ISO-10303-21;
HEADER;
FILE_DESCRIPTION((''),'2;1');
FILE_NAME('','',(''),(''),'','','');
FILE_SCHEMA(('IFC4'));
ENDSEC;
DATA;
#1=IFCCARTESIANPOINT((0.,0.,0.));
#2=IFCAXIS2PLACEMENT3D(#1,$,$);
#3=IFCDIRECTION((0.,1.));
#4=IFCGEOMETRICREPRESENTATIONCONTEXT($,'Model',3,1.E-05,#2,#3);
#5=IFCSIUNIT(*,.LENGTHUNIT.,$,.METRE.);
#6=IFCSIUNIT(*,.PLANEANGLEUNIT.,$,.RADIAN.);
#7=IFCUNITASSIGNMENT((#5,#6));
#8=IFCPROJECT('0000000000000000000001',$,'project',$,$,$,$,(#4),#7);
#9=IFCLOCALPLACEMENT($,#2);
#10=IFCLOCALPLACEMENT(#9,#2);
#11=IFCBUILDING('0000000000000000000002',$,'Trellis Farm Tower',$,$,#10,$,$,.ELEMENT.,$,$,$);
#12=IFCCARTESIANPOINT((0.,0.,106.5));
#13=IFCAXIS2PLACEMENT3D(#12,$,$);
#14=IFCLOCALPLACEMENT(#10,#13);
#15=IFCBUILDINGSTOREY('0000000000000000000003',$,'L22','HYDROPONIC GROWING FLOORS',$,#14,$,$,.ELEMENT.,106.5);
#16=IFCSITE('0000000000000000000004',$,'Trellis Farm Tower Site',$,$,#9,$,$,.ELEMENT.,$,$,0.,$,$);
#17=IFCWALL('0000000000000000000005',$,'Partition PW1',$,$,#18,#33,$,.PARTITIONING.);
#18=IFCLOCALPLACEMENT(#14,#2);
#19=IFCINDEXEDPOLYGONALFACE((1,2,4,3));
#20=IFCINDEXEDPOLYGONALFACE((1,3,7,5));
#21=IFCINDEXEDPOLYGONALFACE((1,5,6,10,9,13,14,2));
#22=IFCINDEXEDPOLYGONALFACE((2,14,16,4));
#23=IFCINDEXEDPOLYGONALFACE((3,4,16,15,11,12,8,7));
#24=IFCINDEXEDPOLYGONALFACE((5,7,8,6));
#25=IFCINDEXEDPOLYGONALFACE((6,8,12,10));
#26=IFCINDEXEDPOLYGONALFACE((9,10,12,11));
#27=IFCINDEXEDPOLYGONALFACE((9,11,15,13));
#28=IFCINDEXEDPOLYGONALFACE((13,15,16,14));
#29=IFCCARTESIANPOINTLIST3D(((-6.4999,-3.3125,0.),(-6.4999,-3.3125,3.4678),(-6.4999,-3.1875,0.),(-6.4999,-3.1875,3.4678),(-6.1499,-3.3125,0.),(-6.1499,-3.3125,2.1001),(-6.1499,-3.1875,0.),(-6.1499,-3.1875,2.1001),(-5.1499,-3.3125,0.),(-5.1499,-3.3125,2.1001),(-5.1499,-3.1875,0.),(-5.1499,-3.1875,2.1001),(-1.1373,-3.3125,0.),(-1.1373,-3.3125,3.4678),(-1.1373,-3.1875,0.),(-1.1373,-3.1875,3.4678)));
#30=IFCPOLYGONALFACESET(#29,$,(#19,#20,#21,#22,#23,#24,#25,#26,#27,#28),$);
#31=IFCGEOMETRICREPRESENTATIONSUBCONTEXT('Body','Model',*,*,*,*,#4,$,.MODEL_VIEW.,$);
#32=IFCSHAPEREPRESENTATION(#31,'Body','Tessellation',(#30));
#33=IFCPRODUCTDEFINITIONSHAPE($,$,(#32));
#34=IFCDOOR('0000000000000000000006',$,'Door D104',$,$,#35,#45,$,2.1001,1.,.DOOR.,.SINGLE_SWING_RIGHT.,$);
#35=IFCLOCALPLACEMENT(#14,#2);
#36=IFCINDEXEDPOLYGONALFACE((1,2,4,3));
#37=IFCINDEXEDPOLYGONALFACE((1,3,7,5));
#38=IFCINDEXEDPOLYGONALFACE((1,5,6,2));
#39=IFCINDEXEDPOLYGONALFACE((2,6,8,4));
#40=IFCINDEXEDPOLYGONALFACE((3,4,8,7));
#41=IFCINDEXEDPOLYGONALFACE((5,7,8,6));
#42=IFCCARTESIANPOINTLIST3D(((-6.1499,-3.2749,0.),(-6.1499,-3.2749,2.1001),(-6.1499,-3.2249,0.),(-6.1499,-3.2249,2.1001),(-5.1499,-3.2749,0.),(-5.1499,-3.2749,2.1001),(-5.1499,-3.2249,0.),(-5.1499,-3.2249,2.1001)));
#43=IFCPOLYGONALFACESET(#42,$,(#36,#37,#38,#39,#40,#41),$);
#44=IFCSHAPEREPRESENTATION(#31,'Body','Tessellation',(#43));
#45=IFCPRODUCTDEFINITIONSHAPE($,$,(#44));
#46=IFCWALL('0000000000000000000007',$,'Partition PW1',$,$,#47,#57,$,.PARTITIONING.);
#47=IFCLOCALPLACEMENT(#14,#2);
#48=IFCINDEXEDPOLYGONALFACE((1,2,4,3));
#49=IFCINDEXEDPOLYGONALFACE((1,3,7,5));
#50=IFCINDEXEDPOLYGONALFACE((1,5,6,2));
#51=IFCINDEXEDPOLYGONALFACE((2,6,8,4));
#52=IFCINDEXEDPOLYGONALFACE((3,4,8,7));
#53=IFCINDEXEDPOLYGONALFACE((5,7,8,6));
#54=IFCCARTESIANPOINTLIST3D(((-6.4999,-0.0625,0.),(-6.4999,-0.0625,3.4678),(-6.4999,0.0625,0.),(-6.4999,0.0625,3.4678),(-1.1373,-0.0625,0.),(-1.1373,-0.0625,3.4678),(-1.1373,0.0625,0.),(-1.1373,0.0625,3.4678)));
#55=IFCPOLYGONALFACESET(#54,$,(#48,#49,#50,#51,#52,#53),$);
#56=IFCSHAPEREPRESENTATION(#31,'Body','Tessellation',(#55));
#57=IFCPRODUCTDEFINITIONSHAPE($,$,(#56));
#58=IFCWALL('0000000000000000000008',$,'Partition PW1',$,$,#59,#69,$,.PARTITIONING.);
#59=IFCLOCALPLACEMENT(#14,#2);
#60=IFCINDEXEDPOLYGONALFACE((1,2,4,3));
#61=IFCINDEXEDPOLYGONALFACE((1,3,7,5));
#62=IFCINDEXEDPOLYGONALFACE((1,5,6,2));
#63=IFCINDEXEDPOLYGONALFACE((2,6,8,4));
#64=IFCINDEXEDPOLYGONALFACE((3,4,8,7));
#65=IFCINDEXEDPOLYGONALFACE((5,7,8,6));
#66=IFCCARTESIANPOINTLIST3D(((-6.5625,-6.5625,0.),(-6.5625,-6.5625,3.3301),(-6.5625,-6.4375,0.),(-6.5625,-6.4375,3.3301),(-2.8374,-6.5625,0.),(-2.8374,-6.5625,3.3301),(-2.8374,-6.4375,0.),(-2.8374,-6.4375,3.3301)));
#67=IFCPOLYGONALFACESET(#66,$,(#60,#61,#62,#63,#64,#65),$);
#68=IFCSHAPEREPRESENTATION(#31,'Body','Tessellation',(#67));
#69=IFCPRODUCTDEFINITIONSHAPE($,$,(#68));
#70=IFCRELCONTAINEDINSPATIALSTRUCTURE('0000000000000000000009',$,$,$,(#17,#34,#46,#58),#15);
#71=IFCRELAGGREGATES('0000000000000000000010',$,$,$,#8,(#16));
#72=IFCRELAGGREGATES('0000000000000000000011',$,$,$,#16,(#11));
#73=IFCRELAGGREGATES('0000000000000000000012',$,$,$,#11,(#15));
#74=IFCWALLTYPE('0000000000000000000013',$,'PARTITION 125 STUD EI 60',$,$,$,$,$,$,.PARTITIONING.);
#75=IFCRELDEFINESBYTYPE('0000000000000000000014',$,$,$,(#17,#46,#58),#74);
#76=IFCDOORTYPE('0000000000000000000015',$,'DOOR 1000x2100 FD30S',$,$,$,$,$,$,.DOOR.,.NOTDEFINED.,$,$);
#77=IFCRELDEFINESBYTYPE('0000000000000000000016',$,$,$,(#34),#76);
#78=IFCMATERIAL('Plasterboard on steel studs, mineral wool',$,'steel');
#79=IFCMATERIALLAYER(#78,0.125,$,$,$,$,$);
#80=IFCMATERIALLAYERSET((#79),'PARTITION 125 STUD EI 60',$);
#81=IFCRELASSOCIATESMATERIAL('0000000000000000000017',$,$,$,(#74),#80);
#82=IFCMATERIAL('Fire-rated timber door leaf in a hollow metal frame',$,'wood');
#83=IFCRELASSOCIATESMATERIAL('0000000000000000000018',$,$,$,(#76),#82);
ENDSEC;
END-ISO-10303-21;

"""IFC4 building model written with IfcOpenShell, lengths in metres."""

from ifc_helpers import new_model, si_unit, direction, frame, frame_2d, origin, place, context, subcontext, project, spatial, rectangle, extrude, source, transform, mapped, material, layer, layer_set, type_object, element, fill, save


model = new_model("IFC4")

# Units and contexts
model_context = context("Model", 3, precision=1e-05, world=origin(), true_north=direction((0.0, 1.0)))
body_context = subcontext(model_context, "Body", "Model", "MODEL_VIEW")
ifc_project = project(units=[si_unit("LENGTHUNIT", "METRE"), si_unit("PLANEANGLEUNIT", "RADIAN")], contexts=[model_context])

# Site, building, storey
site_placement = place(None, origin())
site = spatial("IfcSite", under=ifc_project, at=site_placement, Name="Trellis Farm Tower Site", CompositionType="ELEMENT", RefElevation=0.0)
building_placement = place(site_placement, origin())
building = spatial("IfcBuilding", under=site, at=building_placement, Name="Trellis Farm Tower", CompositionType="ELEMENT")
storey_placement = place(building_placement, frame((0.0, 0.0, 106.5)))
storey = spatial("IfcBuildingStorey", under=building, at=storey_placement, Name="L22", Description="HYDROPONIC GROWING FLOORS", CompositionType="ELEMENT", Elevation=106.5)

# Shared definitions
ifc_material_1 = material(Name="Plasterboard on steel studs, mineral wool", Category="steel")
ifc_layer_1 = layer(ifc_material_1, 0.125)
ifc_layer_set_1 = layer_set([ifc_layer_1], Name="PARTITION 125 STUD EI 60")
wall_type = type_object("IfcWallType", Name="PARTITION 125 STUD EI 60", PredefinedType="PARTITIONING", material=ifc_layer_set_1)

# Wall, opening, door
shared_shape_1 = source(origin(), body_context, "Body", "SweptSolid", [
    extrude(rectangle(XDim=5.3625, YDim=0.125, at=frame_2d((2.6812, 0.0))), origin(), (0.0, 0.0, 1.0), 3.4678),
])
wall_1_placement = place(storey_placement, frame((-1.1375, -3.25, 0.0), z_axis=(0.0, 0.0, 1.0), x_axis=(-1.0, 0.0, 0.0)))
wall_1 = element("IfcWall", 1, at=wall_1_placement, inside=storey, type_object=wall_type, Name="Partition PW1", PredefinedType="PARTITIONING", context=body_context, shape_type="MappedRepresentation", body=[
    mapped(shared_shape_1, transform((0.0, 0.0, 0.0))),
])
shared_shape_2 = source(origin(), body_context, "Body", "SweptSolid", [
    extrude(rectangle(XDim=1.0, YDim=2.1001, at=frame_2d((0.5, 1.05))), frame((0.0, 0.0725, 0.0), z_axis=(0.0, -1.0, 0.0), x_axis=(1.0, 0.0, 0.0)), (0.0, 0.0, 1.0), 0.145),
])
opening_placement = place(wall_1_placement, frame((4.0125, 0.0, 0.0)))
opening = element("IfcOpeningElement", 2, at=opening_placement, cuts=wall_1, PredefinedType="OPENING", context=body_context, shape_type="MappedRepresentation", body=[
    mapped(shared_shape_2, transform((0.0, 0.0, 0.0))),
])
ifc_material_2 = material(Name="Fire-rated timber door leaf in a hollow metal frame", Category="wood")
door_type = type_object("IfcDoorType", Name="DOOR 1000x2100 FD30S", OperationType="NOTDEFINED", PredefinedType="DOOR", material=ifc_material_2)
shared_shape_3 = source(origin(), body_context, "Body", "SweptSolid", [
    extrude(rectangle(XDim=1.0, YDim=2.1001, at=frame_2d((0.5, 1.05))), frame((0.0, 0.0249, 0.0), z_axis=(0.0, -1.0, 0.0), x_axis=(1.0, 0.0, 0.0)), (0.0, 0.0, 1.0), 0.05),
])
door_placement = place(opening_placement, origin())
door = element("IfcDoor", 3, at=door_placement, inside=storey, type_object=door_type, Name="Door D104", OperationType="SINGLE_SWING_RIGHT", OverallHeight=2.1001, OverallWidth=1.0, PredefinedType="DOOR", context=body_context, shape_type="MappedRepresentation", body=[
    mapped(shared_shape_3, transform((0.0, 0.0, 0.0))),
])
fill(opening, door)

# Walls
wall_2_placement = place(storey_placement, frame((-1.1375, 0.0, 0.0), z_axis=(0.0, 0.0, 1.0), x_axis=(-1.0, 0.0, 0.0)))
element("IfcWall", 4, at=wall_2_placement, inside=storey, type_object=wall_type, Name="Partition PW1", PredefinedType="PARTITIONING", context=body_context, shape_type="MappedRepresentation", body=[
    mapped(shared_shape_1, transform((0.0, 0.0, 0.0))),
])
shared_shape_4 = source(origin(), body_context, "Body", "SweptSolid", [
    extrude(rectangle(XDim=3.7251, YDim=0.125, at=frame_2d((1.8625, 0.0))), origin(), (0.0, 0.0, 1.0), 3.3301),
])
wall_3_placement = place(storey_placement, frame((-2.8374, -6.5, 0.0), z_axis=(0.0, 0.0, 1.0), x_axis=(-1.0, 0.0, 0.0)))
element("IfcWall", 5, at=wall_3_placement, inside=storey, type_object=wall_type, Name="Partition PW1", PredefinedType="PARTITIONING", context=body_context, shape_type="MappedRepresentation", body=[
    mapped(shared_shape_4, transform((0.0, 0.0, 0.0))),
])

save(model, "model.ifc")
